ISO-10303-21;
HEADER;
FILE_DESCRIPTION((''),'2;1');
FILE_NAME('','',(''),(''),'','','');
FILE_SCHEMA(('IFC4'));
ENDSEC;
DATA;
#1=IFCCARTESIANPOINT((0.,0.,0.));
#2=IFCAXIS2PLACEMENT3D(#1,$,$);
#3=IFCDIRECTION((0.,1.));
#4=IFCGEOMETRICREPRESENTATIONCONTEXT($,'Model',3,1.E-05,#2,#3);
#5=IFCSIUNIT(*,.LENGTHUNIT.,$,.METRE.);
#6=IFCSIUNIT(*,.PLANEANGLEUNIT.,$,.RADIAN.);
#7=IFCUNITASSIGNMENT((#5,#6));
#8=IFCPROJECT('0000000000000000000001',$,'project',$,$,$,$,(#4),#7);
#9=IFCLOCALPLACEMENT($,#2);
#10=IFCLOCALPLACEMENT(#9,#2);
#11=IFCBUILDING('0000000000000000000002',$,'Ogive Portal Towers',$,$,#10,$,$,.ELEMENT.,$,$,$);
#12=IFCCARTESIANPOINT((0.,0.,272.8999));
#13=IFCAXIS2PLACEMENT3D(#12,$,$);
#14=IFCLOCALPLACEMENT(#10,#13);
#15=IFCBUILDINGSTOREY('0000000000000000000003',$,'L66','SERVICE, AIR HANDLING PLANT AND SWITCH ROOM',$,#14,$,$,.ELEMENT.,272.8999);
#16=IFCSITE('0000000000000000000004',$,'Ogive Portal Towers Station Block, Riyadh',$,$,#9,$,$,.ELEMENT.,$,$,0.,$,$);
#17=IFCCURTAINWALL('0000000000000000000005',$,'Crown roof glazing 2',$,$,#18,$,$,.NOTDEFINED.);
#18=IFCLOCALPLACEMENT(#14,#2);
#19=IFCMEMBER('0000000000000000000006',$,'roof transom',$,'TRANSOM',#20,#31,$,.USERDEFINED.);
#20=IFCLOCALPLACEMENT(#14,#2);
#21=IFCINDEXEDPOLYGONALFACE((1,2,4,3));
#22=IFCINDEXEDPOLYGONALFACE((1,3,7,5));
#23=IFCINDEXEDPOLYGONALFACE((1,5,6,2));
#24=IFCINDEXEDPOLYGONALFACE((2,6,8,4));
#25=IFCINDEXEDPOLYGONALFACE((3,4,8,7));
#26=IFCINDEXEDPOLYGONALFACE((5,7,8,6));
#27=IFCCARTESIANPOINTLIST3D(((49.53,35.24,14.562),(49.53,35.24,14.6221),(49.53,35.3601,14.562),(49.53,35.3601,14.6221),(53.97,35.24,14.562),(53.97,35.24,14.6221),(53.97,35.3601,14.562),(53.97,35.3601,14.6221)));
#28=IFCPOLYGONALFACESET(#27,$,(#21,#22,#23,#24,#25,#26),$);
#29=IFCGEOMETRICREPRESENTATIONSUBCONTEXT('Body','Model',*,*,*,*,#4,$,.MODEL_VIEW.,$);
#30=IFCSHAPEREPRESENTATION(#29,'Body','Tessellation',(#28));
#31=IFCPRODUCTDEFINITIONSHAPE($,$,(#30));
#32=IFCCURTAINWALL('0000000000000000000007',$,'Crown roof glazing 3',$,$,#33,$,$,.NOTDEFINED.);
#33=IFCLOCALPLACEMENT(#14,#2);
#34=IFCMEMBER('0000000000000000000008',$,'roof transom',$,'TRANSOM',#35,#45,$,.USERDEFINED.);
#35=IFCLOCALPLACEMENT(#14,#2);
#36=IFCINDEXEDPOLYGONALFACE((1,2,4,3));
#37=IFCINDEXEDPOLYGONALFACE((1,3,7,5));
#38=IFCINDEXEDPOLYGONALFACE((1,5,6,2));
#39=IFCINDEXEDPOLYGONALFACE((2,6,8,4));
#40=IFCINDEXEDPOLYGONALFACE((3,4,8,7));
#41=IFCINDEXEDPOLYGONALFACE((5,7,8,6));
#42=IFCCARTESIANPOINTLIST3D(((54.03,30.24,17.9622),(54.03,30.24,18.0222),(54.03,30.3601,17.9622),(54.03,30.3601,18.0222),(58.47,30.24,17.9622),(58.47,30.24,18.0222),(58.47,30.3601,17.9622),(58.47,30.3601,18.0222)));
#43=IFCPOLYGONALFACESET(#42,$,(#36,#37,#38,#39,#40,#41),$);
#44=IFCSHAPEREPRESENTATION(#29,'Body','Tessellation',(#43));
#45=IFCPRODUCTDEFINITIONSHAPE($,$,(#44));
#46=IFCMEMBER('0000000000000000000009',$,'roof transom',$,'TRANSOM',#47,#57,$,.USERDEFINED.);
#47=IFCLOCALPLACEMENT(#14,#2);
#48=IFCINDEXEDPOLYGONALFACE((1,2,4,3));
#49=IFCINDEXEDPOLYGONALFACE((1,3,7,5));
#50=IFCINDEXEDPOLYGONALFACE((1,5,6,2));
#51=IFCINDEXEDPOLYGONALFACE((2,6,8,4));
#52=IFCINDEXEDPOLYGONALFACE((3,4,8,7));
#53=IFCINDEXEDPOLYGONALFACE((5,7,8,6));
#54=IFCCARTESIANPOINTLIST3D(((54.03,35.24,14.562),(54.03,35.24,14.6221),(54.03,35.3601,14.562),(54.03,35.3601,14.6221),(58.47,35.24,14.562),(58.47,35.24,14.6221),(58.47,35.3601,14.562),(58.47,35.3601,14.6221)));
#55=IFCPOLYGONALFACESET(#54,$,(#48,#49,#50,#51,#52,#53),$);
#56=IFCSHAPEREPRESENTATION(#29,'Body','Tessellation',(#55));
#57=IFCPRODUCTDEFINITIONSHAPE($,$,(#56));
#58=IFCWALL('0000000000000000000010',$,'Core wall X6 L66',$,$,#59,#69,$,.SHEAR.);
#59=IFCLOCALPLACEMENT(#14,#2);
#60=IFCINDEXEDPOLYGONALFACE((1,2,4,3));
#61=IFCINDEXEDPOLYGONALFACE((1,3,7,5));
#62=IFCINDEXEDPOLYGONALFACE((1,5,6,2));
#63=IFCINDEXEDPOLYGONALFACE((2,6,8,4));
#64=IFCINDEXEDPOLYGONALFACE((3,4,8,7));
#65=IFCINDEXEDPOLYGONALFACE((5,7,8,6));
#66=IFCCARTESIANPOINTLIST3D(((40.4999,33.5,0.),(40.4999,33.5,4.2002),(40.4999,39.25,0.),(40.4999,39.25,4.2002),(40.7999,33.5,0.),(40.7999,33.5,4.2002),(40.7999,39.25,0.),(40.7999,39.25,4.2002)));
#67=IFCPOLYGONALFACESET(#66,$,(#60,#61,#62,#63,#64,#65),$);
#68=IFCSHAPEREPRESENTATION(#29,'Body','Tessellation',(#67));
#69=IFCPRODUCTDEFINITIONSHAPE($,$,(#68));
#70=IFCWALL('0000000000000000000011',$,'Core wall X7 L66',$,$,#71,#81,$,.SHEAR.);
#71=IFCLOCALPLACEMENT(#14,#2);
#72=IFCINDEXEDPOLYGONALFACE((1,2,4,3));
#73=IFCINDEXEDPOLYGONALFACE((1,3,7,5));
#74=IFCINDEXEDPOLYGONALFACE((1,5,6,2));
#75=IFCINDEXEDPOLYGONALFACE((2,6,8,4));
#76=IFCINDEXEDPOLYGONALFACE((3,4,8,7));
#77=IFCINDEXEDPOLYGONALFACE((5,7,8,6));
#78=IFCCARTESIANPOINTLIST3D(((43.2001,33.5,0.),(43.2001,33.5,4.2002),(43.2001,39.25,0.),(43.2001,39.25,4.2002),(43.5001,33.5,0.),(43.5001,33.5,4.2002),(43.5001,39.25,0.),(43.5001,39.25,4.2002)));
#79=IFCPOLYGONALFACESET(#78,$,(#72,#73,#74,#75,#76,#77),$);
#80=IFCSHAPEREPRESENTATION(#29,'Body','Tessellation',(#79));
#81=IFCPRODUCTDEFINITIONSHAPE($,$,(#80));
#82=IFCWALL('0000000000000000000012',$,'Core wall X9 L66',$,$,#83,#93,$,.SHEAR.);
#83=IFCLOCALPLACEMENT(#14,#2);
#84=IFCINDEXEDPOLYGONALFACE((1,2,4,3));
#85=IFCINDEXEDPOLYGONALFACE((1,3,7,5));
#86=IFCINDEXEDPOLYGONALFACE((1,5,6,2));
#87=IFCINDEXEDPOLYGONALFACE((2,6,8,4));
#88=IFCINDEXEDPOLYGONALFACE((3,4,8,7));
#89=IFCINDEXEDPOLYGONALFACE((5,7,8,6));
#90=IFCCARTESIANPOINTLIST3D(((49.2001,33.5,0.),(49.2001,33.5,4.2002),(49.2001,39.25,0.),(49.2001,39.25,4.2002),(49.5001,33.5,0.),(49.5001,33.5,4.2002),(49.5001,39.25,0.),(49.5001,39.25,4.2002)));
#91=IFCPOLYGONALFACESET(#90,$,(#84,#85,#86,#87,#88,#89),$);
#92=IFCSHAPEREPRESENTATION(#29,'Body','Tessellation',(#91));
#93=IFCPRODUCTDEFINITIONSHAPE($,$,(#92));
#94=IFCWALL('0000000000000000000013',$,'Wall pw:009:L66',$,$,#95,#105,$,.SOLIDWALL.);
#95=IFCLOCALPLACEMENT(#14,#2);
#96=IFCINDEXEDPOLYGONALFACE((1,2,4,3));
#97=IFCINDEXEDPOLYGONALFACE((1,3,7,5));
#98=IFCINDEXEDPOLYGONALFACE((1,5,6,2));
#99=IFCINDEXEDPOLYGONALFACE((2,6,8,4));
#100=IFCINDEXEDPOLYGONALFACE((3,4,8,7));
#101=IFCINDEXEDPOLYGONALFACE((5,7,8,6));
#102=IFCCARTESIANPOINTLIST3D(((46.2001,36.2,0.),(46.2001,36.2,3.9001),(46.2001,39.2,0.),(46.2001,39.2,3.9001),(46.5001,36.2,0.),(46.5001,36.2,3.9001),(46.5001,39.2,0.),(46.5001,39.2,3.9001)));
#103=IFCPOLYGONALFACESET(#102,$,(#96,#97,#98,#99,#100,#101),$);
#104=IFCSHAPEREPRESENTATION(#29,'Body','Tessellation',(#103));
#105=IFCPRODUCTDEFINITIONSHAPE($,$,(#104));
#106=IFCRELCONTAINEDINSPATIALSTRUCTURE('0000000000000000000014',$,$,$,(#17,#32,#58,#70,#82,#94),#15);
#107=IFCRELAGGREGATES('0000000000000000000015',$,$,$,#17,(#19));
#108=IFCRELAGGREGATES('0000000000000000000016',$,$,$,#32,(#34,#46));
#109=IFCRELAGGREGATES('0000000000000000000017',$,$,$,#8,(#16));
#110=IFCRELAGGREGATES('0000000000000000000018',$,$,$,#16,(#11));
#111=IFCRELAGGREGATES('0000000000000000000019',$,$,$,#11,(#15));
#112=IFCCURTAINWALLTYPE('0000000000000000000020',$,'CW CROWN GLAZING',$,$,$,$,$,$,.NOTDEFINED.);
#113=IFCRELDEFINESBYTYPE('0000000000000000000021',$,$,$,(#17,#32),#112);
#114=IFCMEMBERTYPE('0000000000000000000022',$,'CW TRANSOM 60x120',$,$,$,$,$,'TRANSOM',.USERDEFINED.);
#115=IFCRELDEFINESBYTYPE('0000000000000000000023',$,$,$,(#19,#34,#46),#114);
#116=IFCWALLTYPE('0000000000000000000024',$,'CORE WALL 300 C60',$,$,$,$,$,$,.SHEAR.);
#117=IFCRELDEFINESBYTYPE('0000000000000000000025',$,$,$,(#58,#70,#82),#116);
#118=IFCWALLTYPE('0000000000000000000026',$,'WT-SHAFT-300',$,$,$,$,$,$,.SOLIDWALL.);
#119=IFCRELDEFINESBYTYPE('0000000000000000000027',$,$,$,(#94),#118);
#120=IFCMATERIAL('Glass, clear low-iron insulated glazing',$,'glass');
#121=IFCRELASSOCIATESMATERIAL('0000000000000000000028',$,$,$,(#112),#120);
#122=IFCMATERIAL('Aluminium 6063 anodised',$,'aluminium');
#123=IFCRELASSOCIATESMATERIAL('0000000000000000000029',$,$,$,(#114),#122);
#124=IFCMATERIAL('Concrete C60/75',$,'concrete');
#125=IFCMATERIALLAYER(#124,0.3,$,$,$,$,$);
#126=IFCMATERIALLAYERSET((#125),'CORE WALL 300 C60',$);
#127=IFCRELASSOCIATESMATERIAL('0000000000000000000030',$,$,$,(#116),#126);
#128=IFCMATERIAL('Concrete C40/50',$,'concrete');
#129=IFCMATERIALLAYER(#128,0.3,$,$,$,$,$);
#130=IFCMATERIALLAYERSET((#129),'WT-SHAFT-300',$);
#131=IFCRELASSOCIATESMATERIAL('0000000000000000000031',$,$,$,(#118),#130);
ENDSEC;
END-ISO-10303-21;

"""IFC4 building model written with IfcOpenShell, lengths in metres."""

from ifc_helpers import new_model, si_unit, direction, frame, frame_2d, origin, origin_2d, place, context, subcontext, project, spatial, rectangle, extrude, material, layer, layer_set, material_profile, profile_set, type_object, element, aggregate, save


model = new_model("IFC4")

# Units and contexts
model_context = context("Model", 3, precision=1e-05, world=origin(), true_north=direction((0.0, 1.0)))
body_context = subcontext(model_context, "Body", "Model", "MODEL_VIEW")
ifc_project = project(units=[si_unit("LENGTHUNIT", "METRE"), si_unit("PLANEANGLEUNIT", "RADIAN")], contexts=[model_context])

# Site, building, storey
site_placement = place(None, origin())
site = spatial("IfcSite", under=ifc_project, at=site_placement, Name="Ogive Portal Towers Station Block, Riyadh", CompositionType="ELEMENT", RefElevation=0.0)
building_placement = place(site_placement, origin())
building = spatial("IfcBuilding", under=site, at=building_placement, Name="Ogive Portal Towers", CompositionType="ELEMENT")
storey_placement = place(building_placement, frame((0.0, 0.0, 272.8999)))
storey = spatial("IfcBuildingStorey", under=building, at=storey_placement, Name="L66", Description="SERVICE, AIR HANDLING PLANT AND SWITCH ROOM", CompositionType="ELEMENT", Elevation=272.8999)

# Shared definitions
ifc_material_1 = material(Name="Glass, clear low-iron insulated glazing", Category="glass")
curtain_wall_type = type_object("IfcCurtainWallType", Name="CW CROWN GLAZING", PredefinedType="NOTDEFINED", material=ifc_material_1)
ifc_material_2 = material(Name="Aluminium 6063 anodised", Category="aluminium")

# Curtain wall
curtain_wall_1_placement = place(storey_placement, origin())
curtain_wall_1 = element("IfcCurtainWall", 1, at=curtain_wall_1_placement, inside=storey, type_object=curtain_wall_type, Name="Crown roof glazing 2", PredefinedType="NOTDEFINED")

# Member
ifc_material_profile_1 = material_profile(ifc_material_2, rectangle(XDim=0.1201, YDim=0.0601, at=origin_2d()), Name="AL 120x60")
ifc_profile_set_1 = profile_set([ifc_material_profile_1], Name="Aluminium 6063 anodised")
member_type_1 = type_object("IfcMemberType", Name="CW TRANSOM 60x120", ElementType="TRANSOM", PredefinedType="USERDEFINED", material=ifc_profile_set_1)
member_1_placement = place(storey_placement, frame((49.53, 35.3, 14.592), z_axis=(1.0, 0.0, 0.0), x_axis=(0.0, 1.0, 0.0)))
member_1 = element("IfcMember", 2, at=member_1_placement, type_object=member_type_1, Name="roof transom", ObjectType="TRANSOM", PredefinedType="USERDEFINED", context=body_context, shape_type="SweptSolid", body=[
    extrude(rectangle(XDim=0.1201, YDim=0.0601, at=origin_2d()), origin(), (0.0, 0.0, 1.0), 4.4399),
])
aggregate(curtain_wall_1, [member_1])

# Curtain wall, members
curtain_wall_2_placement = place(storey_placement, origin())
curtain_wall_2 = element("IfcCurtainWall", 3, at=curtain_wall_2_placement, inside=storey, type_object=curtain_wall_type, Name="Crown roof glazing 3", PredefinedType="NOTDEFINED")
member_2_placement = place(storey_placement, frame((54.03, 30.3, 17.9922), z_axis=(1.0, 0.0, 0.0), x_axis=(0.0, 1.0, 0.0)))
member_2 = element("IfcMember", 4, at=member_2_placement, type_object=member_type_1, Name="roof transom", ObjectType="TRANSOM", PredefinedType="USERDEFINED", context=body_context, shape_type="SweptSolid", body=[
    extrude(rectangle(XDim=0.1201, YDim=0.0601, at=origin_2d()), origin(), (0.0, 0.0, 1.0), 4.4399),
])
member_3_placement = place(storey_placement, frame((54.03, 35.3, 14.592), z_axis=(1.0, 0.0, 0.0), x_axis=(0.0, 1.0, 0.0)))
member_3 = element("IfcMember", 5, at=member_3_placement, type_object=member_type_1, Name="roof transom", ObjectType="TRANSOM", PredefinedType="USERDEFINED", context=body_context, shape_type="SweptSolid", body=[
    extrude(rectangle(XDim=0.1201, YDim=0.0601, at=origin_2d()), origin(), (0.0, 0.0, 1.0), 4.4399),
])
aggregate(curtain_wall_2, [member_2, member_3])

# Shared definitions
ifc_material_3 = material(Name="Concrete C60/75", Category="concrete")
ifc_layer_1 = layer(ifc_material_3, 0.3)
ifc_layer_set_1 = layer_set([ifc_layer_1], Name="CORE WALL 300 C60")
wall_type_1 = type_object("IfcWallType", Name="CORE WALL 300 C60", PredefinedType="SHEAR", material=ifc_layer_set_1)

# Walls
for number, where, z_axis, x_axis, name in (
    (6, (40.6499, 33.5, 0.0), (0.0, 0.0, 1.0), (0.0, 1.0, 0.0), "Core wall X6 L66"),
    (7, (43.3501, 33.5, 0.0), (0.0, 0.0, 1.0), (0.0, 1.0, 0.0), "Core wall X7 L66"),
    (8, (49.3501, 33.5, 0.0), (0.0, 0.0, 1.0), (0.0, 1.0, 0.0), "Core wall X9 L66"),
):
    element("IfcWall", number, at=place(storey_placement, frame(where, z_axis=z_axis, x_axis=x_axis)), inside=storey, type_object=wall_type_1, Name=name, PredefinedType="SHEAR", context=body_context, shape_type="SweptSolid", body=[
        extrude(rectangle(XDim=5.75, YDim=0.3, at=frame_2d((2.875, 0.0))), origin(), (0.0, 0.0, 1.0), 4.2002),
    ])

# Wall
ifc_material_4 = material(Name="Concrete C40/50", Category="concrete")
ifc_layer_2 = layer(ifc_material_4, 0.3)
ifc_layer_set_2 = layer_set([ifc_layer_2], Name="WT-SHAFT-300")
wall_type_2 = type_object("IfcWallType", Name="WT-SHAFT-300", PredefinedType="SOLIDWALL", material=ifc_layer_set_2)
wall_1_placement = place(storey_placement, frame((46.3501, 36.2, 0.0), z_axis=(0.0, 0.0, 1.0), x_axis=(0.0, 1.0, 0.0)))
element("IfcWall", 9, at=wall_1_placement, inside=storey, type_object=wall_type_2, Name="Wall pw:009:L66", PredefinedType="SOLIDWALL", context=body_context, shape_type="SweptSolid", body=[
    extrude(rectangle(XDim=3.0, YDim=0.3, at=frame_2d((1.5, 0.0))), origin(), (0.0, 0.0, 1.0), 3.9001),
])

save(model, "model.ifc")
